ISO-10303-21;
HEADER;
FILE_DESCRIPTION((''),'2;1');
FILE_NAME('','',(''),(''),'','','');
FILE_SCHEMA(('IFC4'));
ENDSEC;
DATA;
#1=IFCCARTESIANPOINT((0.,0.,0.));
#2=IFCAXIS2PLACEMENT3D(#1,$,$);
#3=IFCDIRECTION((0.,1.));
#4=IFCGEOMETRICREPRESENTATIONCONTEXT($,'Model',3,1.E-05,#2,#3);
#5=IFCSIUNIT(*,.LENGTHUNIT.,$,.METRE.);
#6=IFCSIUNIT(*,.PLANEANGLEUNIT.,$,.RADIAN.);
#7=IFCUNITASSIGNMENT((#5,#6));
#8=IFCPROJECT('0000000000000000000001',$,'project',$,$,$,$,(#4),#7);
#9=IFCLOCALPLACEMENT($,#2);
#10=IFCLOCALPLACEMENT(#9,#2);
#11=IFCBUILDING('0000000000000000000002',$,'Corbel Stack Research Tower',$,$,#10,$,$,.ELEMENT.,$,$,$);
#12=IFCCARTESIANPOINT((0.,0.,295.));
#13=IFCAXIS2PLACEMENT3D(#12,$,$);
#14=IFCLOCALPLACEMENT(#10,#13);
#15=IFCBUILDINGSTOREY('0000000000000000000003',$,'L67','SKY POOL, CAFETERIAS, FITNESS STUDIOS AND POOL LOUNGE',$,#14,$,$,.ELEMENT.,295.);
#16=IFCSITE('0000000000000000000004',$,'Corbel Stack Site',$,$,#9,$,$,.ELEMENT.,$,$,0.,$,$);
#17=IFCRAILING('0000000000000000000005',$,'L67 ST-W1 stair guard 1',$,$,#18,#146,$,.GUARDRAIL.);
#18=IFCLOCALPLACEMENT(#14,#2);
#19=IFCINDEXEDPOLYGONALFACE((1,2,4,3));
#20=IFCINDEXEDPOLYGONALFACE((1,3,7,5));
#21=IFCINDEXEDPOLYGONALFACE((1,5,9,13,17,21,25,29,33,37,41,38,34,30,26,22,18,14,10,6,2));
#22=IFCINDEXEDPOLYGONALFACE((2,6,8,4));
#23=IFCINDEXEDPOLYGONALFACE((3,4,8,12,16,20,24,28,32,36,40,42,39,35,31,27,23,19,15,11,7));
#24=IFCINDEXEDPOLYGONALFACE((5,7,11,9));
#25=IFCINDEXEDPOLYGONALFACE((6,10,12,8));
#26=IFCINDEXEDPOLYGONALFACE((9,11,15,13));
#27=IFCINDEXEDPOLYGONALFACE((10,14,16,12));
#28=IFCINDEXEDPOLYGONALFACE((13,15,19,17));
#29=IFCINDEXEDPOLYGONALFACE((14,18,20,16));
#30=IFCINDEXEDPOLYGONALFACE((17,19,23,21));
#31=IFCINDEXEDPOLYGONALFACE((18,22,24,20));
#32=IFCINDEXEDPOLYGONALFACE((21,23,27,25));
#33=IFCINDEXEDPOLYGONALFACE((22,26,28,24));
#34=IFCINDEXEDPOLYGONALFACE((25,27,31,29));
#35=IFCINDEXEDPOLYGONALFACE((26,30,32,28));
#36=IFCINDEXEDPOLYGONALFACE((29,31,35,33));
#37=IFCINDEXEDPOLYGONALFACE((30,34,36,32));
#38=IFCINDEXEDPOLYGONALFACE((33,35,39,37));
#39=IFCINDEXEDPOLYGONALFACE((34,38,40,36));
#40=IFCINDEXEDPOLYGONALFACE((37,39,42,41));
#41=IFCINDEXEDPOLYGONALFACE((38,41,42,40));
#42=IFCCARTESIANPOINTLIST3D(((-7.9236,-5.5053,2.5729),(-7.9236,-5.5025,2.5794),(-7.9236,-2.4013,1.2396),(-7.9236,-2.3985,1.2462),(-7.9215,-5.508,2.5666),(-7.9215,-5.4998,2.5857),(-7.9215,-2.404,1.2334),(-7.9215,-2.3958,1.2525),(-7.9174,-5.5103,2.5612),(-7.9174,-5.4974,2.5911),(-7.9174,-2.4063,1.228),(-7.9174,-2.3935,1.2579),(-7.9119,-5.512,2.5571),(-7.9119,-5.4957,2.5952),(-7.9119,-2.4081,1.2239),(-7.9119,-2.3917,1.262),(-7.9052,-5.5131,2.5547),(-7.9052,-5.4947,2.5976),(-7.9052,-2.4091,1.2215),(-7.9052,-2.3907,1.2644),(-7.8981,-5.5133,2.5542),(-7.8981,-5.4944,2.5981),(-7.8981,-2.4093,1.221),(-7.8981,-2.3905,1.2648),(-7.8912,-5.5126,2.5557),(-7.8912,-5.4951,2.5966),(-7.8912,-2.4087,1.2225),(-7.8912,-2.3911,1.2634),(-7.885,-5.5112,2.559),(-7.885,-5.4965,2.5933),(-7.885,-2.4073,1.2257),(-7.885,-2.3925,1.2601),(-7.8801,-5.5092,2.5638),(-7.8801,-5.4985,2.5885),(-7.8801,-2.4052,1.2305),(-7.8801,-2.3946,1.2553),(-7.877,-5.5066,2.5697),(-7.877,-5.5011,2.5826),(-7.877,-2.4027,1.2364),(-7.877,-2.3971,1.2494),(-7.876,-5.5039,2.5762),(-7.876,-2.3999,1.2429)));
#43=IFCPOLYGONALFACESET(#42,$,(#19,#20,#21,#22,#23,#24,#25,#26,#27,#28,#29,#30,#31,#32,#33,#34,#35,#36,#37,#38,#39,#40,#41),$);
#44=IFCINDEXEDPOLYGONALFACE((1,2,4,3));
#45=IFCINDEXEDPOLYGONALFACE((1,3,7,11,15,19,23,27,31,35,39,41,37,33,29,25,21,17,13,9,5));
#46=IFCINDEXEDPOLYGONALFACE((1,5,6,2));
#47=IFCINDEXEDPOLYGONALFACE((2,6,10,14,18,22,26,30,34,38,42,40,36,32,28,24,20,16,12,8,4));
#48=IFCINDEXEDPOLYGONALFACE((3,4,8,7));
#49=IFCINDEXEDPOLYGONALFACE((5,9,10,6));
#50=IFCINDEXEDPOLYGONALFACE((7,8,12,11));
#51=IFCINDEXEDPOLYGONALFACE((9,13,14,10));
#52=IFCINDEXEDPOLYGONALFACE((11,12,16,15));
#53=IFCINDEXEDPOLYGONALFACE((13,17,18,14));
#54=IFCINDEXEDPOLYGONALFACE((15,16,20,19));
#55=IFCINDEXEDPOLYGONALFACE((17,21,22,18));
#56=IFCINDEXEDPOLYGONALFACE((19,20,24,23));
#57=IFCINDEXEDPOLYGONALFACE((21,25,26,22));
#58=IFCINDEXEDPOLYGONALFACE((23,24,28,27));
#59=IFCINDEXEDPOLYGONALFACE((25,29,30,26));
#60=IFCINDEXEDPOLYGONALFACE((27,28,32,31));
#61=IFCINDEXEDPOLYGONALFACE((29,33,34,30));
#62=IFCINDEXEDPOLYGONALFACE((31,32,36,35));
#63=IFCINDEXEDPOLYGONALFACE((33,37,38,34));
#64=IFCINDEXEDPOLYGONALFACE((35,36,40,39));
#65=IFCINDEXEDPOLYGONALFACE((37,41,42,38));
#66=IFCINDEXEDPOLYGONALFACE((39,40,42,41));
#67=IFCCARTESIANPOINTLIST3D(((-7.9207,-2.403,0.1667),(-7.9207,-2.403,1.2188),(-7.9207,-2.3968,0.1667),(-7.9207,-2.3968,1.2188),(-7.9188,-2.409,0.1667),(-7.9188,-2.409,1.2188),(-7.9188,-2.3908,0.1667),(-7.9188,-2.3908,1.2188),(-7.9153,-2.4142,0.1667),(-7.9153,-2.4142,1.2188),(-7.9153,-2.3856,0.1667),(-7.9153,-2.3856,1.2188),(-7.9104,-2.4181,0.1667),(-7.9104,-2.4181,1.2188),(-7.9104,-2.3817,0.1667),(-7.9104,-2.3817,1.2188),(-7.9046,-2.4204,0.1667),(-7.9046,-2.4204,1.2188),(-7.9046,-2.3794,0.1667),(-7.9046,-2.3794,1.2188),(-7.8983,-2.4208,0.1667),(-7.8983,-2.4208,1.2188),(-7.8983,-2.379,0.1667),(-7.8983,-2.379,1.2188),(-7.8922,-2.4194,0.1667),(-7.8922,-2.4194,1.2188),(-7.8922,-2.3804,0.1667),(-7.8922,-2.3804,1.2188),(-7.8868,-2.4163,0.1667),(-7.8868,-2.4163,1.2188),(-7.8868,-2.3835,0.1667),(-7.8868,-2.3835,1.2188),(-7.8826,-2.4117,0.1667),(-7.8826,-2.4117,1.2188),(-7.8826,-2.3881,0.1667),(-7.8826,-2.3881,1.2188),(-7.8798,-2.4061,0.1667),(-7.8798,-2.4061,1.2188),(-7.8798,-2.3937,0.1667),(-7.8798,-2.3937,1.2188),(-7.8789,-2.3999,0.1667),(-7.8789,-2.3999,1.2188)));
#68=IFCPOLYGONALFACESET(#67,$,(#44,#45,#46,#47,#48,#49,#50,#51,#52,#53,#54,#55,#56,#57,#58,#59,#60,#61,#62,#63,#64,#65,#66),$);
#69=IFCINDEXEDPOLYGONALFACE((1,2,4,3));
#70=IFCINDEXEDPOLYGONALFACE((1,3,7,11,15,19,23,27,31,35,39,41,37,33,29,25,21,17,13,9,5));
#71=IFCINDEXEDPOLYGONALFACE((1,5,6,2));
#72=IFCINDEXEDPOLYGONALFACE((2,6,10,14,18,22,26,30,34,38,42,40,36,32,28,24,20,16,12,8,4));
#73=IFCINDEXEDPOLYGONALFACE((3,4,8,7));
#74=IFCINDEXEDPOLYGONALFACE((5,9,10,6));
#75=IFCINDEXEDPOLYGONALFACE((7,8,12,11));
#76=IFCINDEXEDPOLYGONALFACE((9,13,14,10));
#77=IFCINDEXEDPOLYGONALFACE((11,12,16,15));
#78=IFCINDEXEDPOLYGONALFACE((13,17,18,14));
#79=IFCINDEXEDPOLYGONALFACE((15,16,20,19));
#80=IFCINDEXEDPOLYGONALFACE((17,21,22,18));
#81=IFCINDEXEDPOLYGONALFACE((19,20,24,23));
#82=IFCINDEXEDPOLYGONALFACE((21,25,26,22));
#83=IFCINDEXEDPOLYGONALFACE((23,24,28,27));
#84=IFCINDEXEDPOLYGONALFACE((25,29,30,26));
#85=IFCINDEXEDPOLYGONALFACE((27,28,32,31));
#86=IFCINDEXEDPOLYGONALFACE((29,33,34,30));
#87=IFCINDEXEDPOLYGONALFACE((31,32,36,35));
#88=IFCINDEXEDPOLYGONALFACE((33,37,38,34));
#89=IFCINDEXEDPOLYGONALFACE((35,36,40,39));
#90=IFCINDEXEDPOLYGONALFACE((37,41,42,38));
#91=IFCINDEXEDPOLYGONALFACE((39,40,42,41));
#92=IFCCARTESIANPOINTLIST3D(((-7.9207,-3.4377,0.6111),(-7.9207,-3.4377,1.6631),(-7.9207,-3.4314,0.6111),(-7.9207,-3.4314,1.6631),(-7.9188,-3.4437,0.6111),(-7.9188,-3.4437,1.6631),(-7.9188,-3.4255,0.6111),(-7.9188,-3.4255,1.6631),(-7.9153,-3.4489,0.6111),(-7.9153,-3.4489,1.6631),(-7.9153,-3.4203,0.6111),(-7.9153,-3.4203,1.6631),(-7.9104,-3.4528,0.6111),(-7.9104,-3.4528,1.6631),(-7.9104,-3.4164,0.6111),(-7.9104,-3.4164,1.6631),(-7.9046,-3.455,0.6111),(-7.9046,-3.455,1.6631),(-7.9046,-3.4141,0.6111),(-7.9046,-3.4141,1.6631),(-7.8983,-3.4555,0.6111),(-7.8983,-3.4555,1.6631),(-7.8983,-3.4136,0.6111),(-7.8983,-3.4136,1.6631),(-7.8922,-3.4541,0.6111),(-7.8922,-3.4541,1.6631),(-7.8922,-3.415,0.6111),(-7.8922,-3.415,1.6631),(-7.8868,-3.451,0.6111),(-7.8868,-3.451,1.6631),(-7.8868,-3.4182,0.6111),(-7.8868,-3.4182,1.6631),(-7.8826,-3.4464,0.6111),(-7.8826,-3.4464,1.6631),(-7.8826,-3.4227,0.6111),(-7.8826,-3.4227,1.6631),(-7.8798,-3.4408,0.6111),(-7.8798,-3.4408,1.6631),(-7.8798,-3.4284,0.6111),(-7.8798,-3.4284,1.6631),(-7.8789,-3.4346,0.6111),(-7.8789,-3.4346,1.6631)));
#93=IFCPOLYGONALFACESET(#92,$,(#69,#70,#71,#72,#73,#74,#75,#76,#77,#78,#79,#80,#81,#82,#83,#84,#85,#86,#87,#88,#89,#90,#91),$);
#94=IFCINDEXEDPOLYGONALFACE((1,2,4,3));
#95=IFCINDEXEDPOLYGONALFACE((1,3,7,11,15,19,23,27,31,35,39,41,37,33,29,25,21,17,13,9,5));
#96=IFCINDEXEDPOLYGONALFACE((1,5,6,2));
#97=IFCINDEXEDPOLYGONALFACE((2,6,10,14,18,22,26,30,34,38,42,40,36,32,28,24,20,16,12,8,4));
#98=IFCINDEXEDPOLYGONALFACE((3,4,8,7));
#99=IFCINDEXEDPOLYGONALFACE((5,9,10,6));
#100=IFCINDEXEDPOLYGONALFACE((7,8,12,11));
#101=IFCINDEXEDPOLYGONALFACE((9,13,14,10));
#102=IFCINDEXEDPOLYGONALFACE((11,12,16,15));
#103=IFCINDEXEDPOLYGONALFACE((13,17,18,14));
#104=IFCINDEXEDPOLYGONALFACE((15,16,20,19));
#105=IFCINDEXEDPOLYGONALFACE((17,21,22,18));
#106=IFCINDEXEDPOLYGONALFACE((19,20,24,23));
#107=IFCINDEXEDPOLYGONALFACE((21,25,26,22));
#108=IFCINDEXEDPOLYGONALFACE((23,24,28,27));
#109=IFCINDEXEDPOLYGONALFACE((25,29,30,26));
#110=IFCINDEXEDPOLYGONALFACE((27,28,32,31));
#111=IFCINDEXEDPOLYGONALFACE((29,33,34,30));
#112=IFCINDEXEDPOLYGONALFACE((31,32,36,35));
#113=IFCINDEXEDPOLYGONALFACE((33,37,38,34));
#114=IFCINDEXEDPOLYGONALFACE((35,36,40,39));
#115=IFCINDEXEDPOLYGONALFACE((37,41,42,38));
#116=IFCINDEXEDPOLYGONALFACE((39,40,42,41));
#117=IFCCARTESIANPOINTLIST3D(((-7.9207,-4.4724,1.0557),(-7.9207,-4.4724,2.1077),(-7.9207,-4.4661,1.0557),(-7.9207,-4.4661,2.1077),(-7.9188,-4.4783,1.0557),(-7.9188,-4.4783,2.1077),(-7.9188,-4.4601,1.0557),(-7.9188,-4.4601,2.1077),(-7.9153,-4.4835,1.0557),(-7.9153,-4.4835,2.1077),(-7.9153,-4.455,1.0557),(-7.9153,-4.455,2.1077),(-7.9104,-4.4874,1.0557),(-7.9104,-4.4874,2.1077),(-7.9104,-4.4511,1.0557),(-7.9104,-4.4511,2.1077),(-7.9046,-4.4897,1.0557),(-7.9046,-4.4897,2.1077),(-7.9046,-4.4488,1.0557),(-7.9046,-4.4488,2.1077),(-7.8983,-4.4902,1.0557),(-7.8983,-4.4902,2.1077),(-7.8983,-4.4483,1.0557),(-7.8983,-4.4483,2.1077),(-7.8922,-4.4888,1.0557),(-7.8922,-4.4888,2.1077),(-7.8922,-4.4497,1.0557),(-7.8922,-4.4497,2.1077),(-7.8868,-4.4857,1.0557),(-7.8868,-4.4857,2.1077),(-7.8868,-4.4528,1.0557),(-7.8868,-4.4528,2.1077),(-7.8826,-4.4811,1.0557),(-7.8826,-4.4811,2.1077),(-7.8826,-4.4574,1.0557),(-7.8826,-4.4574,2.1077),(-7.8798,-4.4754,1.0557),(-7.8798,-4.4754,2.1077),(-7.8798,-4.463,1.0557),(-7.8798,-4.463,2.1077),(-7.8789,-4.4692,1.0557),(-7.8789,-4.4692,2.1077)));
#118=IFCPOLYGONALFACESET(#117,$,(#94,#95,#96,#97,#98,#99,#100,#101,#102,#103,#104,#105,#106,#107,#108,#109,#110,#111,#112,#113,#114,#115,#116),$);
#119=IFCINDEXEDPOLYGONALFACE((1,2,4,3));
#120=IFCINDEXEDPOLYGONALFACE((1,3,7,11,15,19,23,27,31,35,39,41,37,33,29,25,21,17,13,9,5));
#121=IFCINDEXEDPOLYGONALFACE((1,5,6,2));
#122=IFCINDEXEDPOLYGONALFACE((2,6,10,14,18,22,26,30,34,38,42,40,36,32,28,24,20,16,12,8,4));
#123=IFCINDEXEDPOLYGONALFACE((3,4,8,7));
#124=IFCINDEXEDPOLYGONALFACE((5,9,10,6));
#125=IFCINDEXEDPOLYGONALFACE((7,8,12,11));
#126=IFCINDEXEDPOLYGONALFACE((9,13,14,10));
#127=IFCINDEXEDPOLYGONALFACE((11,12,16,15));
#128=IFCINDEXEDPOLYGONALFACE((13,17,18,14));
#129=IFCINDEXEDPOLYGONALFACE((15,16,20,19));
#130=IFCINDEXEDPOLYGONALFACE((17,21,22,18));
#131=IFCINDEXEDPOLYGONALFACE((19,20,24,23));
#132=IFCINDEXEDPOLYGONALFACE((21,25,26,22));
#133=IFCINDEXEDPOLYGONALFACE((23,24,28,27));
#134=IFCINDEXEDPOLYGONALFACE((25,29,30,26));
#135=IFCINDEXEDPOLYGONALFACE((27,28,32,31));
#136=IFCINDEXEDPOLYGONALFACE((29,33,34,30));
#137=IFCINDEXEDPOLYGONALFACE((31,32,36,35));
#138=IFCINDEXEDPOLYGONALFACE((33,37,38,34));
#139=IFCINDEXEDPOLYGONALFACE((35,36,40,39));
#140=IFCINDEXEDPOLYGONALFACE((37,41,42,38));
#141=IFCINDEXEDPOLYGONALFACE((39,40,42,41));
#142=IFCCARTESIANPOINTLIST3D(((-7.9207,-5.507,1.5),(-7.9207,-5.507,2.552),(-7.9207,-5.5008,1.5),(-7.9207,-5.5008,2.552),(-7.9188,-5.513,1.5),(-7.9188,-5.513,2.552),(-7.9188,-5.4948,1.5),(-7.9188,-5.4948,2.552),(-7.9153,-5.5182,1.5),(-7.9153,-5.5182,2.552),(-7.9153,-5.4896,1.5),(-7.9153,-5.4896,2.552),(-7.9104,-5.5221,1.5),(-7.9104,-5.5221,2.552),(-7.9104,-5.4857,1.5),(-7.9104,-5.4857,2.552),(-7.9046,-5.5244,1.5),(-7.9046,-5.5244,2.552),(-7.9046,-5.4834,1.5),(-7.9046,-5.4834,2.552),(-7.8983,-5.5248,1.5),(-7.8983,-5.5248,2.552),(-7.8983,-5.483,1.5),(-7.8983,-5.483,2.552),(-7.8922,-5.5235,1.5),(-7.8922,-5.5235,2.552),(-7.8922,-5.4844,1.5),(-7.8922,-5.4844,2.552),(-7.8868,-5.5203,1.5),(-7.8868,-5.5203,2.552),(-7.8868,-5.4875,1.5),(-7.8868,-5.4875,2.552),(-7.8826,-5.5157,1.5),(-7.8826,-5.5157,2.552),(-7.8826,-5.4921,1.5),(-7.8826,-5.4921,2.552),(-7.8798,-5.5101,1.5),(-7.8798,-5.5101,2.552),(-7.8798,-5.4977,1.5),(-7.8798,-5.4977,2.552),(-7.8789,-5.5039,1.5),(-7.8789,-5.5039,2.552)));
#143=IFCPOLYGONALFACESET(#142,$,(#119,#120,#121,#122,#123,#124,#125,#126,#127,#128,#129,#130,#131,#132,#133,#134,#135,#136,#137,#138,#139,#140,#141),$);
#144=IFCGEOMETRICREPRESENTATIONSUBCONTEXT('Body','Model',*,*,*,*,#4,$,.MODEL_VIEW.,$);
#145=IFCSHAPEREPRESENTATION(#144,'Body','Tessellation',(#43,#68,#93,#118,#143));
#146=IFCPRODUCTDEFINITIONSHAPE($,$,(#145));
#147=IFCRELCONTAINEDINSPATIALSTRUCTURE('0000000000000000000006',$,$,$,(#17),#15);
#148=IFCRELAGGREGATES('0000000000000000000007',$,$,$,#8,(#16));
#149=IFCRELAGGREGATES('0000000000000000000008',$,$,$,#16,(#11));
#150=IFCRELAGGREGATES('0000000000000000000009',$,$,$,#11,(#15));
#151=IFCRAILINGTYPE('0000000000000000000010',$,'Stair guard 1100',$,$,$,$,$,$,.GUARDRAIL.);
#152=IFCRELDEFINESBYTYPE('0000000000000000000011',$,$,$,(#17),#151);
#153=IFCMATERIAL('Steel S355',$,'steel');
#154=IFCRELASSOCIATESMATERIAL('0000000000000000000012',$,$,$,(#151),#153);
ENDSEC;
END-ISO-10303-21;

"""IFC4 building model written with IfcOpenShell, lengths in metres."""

from ifc_helpers import new_model, si_unit, direction, frame, origin, origin_2d, place, context, subcontext, project, spatial, circle, extrude, material, type_object, element, save


model = new_model("IFC4")

# Units and contexts
model_context = context("Model", 3, precision=1e-05, world=origin(), true_north=direction((0.0, 1.0)))
body_context = subcontext(model_context, "Body", "Model", "MODEL_VIEW")
ifc_project = project(units=[si_unit("LENGTHUNIT", "METRE"), si_unit("PLANEANGLEUNIT", "RADIAN")], contexts=[model_context])

# Site, building, storey
site_placement = place(None, origin())
site = spatial("IfcSite", under=ifc_project, at=site_placement, Name="Corbel Stack Site", CompositionType="ELEMENT", RefElevation=0.0)
building_placement = place(site_placement, origin())
building = spatial("IfcBuilding", under=site, at=building_placement, Name="Corbel Stack Research Tower", CompositionType="ELEMENT")
storey_placement = place(building_placement, frame((0.0, 0.0, 295.0)))
storey = spatial("IfcBuildingStorey", under=building, at=storey_placement, Name="L67", Description="SKY POOL, CAFETERIAS, FITNESS STUDIOS AND POOL LOUNGE", CompositionType="ELEMENT", Elevation=295.0)

# Railing
ifc_material_1 = material(Name="Steel S355", Category="steel")
railing_type_1 = type_object("IfcRailingType", Name="Stair guard 1100", PredefinedType="GUARDRAIL", material=ifc_material_1)
railing_1_placement = place(storey_placement, frame((-7.8999, -2.3999, 0.1667)))
element("IfcRailing", 1, at=railing_1_placement, inside=storey, type_object=railing_type_1, Name="L67 ST-W1 stair guard 1", PredefinedType="GUARDRAIL", context=body_context, shape_type="SweptSolid", body=[
    extrude(circle(Radius=0.0239, at=origin_2d()), frame((0.0, 0.0, 1.0762), z_axis=(0.0, -0.918827, 0.394661), x_axis=(1.0, 0.0, 0.0)), (0.0, 0.0, 1.0), 3.3782),
    extrude(circle(Radius=0.021, at=origin_2d()), origin(), (0.0, 0.0, 1.0), 1.052),
    extrude(circle(Radius=0.021, at=origin_2d()), frame((0.0, -1.0347, 0.4443)), (0.0, 0.0, 1.0), 1.052),
    extrude(circle(Radius=0.021, at=origin_2d()), frame((0.0, -2.0693, 0.8889)), (0.0, 0.0, 1.0), 1.052),
    extrude(circle(Radius=0.021, at=origin_2d()), frame((0.0, -3.104, 1.3333)), (0.0, 0.0, 1.0), 1.052),
])

save(model, "model.ifc")
